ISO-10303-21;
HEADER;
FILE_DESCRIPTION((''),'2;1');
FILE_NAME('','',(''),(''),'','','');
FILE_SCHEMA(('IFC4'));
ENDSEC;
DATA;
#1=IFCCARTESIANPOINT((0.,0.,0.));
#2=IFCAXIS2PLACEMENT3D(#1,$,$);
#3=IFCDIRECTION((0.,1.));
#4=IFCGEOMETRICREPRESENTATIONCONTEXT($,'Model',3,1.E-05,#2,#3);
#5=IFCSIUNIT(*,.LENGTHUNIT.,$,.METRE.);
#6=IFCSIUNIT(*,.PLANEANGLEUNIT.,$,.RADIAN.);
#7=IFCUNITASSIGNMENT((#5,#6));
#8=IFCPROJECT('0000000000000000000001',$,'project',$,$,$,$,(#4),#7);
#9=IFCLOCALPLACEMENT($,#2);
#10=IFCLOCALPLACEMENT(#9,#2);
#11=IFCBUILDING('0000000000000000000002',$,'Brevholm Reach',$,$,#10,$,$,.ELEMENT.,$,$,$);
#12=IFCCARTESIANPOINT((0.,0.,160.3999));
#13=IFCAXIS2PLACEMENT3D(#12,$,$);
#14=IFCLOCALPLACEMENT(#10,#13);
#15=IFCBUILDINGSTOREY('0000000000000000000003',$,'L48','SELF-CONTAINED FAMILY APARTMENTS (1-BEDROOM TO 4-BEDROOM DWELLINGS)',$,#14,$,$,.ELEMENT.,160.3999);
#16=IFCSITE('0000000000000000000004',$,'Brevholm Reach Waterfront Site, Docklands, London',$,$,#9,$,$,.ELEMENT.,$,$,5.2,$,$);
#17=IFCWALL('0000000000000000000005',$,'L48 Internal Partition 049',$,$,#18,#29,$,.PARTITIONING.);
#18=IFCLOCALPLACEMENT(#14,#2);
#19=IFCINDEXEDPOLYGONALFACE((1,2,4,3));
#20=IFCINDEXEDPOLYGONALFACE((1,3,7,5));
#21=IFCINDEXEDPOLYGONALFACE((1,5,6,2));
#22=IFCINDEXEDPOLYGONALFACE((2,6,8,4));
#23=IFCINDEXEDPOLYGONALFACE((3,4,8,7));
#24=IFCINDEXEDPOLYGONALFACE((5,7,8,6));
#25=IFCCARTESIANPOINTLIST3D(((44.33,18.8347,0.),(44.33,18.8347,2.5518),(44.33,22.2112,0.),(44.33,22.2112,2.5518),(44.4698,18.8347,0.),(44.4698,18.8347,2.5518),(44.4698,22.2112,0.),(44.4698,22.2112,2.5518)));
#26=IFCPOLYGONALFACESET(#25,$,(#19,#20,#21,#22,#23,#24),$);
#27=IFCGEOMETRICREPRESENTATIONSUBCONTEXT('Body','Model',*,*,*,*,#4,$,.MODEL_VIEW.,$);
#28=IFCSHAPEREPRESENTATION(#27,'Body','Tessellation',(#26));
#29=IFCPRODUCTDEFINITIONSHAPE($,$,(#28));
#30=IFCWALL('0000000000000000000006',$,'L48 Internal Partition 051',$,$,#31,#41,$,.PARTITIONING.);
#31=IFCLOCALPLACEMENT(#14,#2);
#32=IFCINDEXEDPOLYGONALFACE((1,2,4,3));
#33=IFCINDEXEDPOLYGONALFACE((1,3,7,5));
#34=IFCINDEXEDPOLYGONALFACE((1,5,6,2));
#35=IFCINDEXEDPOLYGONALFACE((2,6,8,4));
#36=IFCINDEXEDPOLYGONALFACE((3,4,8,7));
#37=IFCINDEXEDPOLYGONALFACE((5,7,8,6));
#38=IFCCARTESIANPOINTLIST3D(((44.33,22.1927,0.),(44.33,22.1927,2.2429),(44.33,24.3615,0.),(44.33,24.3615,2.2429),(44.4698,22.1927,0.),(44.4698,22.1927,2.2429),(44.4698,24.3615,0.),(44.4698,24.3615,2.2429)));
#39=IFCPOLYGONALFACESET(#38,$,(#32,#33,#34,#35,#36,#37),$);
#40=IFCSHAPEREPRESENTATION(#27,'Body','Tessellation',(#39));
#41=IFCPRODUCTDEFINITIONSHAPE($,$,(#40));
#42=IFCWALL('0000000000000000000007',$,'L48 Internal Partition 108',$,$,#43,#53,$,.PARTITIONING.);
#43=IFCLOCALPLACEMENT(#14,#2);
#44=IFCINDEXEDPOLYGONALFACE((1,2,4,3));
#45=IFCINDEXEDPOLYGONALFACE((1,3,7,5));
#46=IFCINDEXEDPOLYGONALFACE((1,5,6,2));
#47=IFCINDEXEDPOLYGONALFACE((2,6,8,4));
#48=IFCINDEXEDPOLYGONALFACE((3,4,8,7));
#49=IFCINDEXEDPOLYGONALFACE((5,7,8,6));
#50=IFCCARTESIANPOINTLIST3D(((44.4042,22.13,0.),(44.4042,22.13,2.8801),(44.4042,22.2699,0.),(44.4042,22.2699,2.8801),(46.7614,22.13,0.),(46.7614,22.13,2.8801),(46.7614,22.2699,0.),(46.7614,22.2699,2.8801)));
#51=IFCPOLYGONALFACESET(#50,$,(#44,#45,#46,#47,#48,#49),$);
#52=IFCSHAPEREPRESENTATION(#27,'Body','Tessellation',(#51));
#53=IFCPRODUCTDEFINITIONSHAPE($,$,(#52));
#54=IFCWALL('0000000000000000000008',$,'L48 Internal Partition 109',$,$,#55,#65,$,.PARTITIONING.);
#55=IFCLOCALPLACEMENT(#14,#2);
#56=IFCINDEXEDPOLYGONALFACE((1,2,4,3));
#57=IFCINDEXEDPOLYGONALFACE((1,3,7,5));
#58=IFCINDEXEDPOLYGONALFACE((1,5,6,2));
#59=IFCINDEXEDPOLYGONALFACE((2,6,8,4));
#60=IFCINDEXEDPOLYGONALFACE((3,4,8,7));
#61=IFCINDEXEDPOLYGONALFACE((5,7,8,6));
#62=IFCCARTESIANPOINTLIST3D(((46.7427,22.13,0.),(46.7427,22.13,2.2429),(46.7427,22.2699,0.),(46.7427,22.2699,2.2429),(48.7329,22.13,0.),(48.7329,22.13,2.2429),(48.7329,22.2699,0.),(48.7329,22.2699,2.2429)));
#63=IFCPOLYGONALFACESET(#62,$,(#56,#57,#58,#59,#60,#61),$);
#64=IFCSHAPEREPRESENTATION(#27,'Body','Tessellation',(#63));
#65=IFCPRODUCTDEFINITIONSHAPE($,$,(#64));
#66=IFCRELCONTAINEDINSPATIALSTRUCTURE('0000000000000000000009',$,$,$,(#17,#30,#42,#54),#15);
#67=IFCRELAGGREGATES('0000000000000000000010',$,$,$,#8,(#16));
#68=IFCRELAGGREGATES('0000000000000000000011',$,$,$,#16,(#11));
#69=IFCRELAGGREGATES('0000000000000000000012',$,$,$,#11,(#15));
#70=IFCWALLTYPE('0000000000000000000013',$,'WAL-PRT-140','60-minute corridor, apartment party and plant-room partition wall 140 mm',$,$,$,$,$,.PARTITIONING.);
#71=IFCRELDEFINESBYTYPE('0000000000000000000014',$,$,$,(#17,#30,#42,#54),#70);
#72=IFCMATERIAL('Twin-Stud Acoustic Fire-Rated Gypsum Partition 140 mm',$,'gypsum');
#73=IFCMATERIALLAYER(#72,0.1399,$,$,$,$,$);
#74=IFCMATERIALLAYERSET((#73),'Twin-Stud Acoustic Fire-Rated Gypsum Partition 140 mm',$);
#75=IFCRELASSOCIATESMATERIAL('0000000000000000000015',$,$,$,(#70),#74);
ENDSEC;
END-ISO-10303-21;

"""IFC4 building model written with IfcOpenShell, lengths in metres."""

from ifc_helpers import new_model, si_unit, direction, frame, frame_2d, origin, place, context, subcontext, project, spatial, rectangle, extrude, material, layer, layer_set, type_object, element, save


model = new_model("IFC4")

# Units and contexts
model_context = context("Model", 3, precision=1e-05, world=origin(), true_north=direction((0.0, 1.0)))
body_context = subcontext(model_context, "Body", "Model", "MODEL_VIEW")
ifc_project = project(units=[si_unit("LENGTHUNIT", "METRE"), si_unit("PLANEANGLEUNIT", "RADIAN")], contexts=[model_context])

# Site, building, storey
site_placement = place(None, origin())
site = spatial("IfcSite", under=ifc_project, at=site_placement, Name="Brevholm Reach Waterfront Site, Docklands, London", CompositionType="ELEMENT", RefElevation=5.2)
building_placement = place(site_placement, origin())
building = spatial("IfcBuilding", under=site, at=building_placement, Name="Brevholm Reach", CompositionType="ELEMENT")
storey_placement = place(building_placement, frame((0.0, 0.0, 160.3999)))
storey = spatial("IfcBuildingStorey", under=building, at=storey_placement, Name="L48", Description="SELF-CONTAINED FAMILY APARTMENTS (1-BEDROOM TO 4-BEDROOM DWELLINGS)", CompositionType="ELEMENT", Elevation=160.3999)

# Walls
ifc_material_1 = material(Name="Twin-Stud Acoustic Fire-Rated Gypsum Partition 140 mm", Category="gypsum")
ifc_layer_1 = layer(ifc_material_1, 0.1399)
ifc_layer_set_1 = layer_set([ifc_layer_1], Name="Twin-Stud Acoustic Fire-Rated Gypsum Partition 140 mm")
wall_type_1 = type_object("IfcWallType", Name="WAL-PRT-140", Description="60-minute corridor, apartment party and plant-room partition wall 140 mm", PredefinedType="PARTITIONING", material=ifc_layer_set_1)
wall_1_placement = place(storey_placement, frame((44.3999, 18.8347, 0.0), z_axis=(0.0, 0.0, 1.0), x_axis=(0.0, 1.0, 0.0)))
element("IfcWall", 1, at=wall_1_placement, inside=storey, type_object=wall_type_1, Name="L48 Internal Partition 049", PredefinedType="PARTITIONING", context=body_context, shape_type="SweptSolid", body=[
    extrude(rectangle(XDim=3.3765, YDim=0.1399, at=frame_2d((1.6882, 0.0))), origin(), (0.0, 0.0, 1.0), 2.5518),
])
wall_2_placement = place(storey_placement, frame((44.3999, 22.1926, 0.0), z_axis=(0.0, 0.0, 1.0), x_axis=(0.0, 1.0, 0.0)))
element("IfcWall", 2, at=wall_2_placement, inside=storey, type_object=wall_type_1, Name="L48 Internal Partition 051", PredefinedType="PARTITIONING", context=body_context, shape_type="SweptSolid", body=[
    extrude(rectangle(XDim=2.1687, YDim=0.1399, at=frame_2d((1.0845, 0.0))), origin(), (0.0, 0.0, 1.0), 2.2429),
])
wall_3_placement = place(storey_placement, frame((44.4041, 22.2, 0.0), z_axis=(0.0, 0.0, 1.0), x_axis=(1.0, 0.0, 0.0)))
element("IfcWall", 3, at=wall_3_placement, inside=storey, type_object=wall_type_1, Name="L48 Internal Partition 108", PredefinedType="PARTITIONING", context=body_context, shape_type="SweptSolid", body=[
    extrude(rectangle(XDim=2.3572, YDim=0.1399, at=frame_2d((1.1787, 0.0))), origin(), (0.0, 0.0, 1.0), 2.8801),
])
wall_4_placement = place(storey_placement, frame((46.7427, 22.2, 0.0), z_axis=(0.0, 0.0, 1.0), x_axis=(1.0, 0.0, 0.0)))
element("IfcWall", 4, at=wall_4_placement, inside=storey, type_object=wall_type_1, Name="L48 Internal Partition 109", PredefinedType="PARTITIONING", context=body_context, shape_type="SweptSolid", body=[
    extrude(rectangle(XDim=1.9902, YDim=0.1399, at=frame_2d((0.9951, 0.0))), origin(), (0.0, 0.0, 1.0), 2.2429),
])

save(model, "model.ifc")
